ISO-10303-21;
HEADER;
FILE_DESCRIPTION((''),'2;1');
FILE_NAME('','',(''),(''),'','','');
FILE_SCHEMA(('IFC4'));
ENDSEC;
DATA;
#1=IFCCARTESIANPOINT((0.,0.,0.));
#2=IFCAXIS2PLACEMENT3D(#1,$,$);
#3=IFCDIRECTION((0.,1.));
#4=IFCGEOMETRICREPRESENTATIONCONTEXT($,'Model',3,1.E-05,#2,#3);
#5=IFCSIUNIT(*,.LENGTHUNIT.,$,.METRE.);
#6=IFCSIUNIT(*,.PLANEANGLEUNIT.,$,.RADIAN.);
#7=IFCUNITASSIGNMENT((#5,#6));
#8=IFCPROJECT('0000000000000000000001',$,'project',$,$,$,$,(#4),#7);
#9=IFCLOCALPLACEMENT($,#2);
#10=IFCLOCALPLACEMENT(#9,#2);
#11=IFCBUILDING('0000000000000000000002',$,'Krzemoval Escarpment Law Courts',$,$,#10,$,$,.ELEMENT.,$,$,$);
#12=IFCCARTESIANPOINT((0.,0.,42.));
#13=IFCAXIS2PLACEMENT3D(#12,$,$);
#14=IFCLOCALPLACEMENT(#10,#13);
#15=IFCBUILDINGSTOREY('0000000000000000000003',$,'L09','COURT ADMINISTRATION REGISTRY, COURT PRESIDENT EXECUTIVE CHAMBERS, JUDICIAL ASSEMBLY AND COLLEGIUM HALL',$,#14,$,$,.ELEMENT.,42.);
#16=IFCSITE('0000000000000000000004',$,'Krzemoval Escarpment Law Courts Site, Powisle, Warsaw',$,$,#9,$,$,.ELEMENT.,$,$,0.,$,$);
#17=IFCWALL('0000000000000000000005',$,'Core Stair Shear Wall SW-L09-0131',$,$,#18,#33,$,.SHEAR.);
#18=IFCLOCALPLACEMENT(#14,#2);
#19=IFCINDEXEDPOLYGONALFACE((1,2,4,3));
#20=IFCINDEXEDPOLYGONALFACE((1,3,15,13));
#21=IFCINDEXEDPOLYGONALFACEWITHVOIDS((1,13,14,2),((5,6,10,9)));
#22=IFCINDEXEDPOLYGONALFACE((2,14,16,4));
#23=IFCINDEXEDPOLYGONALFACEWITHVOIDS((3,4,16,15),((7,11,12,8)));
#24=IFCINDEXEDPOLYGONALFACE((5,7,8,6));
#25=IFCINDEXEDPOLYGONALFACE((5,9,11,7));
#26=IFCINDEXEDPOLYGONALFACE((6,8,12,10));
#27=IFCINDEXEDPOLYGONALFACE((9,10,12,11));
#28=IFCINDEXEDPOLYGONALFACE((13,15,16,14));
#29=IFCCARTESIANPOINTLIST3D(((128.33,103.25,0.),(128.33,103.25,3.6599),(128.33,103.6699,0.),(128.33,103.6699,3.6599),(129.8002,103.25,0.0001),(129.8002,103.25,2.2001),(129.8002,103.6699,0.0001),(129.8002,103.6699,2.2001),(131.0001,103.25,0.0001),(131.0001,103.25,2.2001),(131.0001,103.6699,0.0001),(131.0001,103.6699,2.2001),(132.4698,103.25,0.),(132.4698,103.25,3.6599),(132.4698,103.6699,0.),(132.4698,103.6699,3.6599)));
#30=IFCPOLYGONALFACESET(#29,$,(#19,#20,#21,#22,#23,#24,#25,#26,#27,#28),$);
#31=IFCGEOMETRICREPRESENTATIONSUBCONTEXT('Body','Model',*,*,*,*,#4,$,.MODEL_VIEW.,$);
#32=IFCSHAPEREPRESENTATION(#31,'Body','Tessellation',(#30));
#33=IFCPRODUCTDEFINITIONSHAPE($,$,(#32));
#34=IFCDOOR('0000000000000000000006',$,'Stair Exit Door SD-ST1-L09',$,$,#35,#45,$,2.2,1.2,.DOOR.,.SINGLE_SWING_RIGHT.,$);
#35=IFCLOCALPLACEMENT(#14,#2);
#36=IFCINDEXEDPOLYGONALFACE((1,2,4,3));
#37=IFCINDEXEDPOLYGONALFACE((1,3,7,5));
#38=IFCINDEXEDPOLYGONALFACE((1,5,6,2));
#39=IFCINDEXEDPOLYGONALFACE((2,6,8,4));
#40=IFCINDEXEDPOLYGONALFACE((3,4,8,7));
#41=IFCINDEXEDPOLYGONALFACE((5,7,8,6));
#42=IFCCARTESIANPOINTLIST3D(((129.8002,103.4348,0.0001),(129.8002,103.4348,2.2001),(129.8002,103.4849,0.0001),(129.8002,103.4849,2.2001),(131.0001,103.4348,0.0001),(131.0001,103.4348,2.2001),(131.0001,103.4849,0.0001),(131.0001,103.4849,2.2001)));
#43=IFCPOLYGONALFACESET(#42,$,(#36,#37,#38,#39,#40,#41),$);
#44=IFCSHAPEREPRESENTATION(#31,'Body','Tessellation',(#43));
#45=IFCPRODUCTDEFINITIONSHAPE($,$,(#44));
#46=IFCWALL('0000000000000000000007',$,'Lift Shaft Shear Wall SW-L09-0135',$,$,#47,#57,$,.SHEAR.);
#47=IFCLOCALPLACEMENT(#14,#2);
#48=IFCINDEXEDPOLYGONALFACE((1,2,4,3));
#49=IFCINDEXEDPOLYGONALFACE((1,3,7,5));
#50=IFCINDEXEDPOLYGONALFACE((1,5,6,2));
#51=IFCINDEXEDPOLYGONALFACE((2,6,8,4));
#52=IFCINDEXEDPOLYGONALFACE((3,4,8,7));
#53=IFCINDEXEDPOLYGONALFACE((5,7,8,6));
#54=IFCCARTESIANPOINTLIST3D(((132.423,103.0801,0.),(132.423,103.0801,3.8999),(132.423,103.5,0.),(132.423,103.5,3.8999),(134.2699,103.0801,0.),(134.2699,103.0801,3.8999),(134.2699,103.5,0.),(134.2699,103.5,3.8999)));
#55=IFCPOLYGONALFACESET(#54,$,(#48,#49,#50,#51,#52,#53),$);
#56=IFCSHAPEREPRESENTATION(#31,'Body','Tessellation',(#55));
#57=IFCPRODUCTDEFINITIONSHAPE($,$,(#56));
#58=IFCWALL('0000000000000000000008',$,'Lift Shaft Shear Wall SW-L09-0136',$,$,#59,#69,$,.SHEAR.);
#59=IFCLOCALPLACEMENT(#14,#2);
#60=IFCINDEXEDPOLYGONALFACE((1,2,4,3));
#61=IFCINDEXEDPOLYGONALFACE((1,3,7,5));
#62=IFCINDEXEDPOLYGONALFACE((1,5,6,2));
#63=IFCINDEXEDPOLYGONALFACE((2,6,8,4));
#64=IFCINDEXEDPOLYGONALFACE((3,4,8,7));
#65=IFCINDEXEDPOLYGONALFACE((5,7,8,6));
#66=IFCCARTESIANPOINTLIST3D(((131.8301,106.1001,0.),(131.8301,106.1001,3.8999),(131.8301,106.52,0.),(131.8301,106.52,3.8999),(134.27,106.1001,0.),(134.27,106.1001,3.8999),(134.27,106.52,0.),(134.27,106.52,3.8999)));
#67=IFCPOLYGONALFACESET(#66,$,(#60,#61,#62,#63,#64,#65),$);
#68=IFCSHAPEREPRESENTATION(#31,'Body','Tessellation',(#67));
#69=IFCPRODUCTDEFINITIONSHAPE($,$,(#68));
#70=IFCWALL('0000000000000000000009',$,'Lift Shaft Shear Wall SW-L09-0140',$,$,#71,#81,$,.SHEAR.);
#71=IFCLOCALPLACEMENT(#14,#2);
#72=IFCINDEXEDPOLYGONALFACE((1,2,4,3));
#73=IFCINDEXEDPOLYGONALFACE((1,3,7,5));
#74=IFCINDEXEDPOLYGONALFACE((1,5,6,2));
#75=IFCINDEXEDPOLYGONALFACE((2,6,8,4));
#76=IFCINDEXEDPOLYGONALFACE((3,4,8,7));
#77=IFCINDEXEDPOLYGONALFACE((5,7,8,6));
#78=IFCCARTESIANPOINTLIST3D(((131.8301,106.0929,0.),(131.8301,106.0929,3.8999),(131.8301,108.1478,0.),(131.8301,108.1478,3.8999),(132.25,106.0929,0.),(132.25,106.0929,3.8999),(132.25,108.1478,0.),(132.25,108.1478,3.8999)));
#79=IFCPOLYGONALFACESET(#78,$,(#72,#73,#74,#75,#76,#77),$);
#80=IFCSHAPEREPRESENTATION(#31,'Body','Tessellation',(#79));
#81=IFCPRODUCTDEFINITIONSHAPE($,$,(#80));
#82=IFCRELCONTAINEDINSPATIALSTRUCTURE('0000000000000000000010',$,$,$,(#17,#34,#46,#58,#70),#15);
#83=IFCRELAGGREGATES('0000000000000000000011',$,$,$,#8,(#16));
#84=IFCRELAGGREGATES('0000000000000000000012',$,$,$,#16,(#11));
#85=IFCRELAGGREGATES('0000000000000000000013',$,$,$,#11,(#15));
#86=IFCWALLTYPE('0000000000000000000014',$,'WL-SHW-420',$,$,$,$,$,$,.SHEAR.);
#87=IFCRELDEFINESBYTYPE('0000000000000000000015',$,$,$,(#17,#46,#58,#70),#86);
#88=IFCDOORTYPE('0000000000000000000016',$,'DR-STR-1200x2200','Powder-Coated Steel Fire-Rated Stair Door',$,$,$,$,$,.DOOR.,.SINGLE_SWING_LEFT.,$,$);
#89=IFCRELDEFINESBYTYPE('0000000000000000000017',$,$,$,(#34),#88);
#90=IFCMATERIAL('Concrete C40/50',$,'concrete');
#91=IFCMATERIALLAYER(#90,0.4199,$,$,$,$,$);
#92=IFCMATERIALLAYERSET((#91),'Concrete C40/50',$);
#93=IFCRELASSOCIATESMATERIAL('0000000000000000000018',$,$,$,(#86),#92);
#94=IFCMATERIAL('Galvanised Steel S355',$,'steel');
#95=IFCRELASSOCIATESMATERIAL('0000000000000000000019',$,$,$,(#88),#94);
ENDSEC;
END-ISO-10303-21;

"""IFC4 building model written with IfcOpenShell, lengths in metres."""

from ifc_helpers import new_model, si_unit, direction, frame, frame_2d, origin, place, context, subcontext, project, spatial, rectangle, extrude, material, layer, layer_set, type_object, element, fill, save


model = new_model("IFC4")

# Units and contexts
model_context = context("Model", 3, precision=1e-05, world=origin(), true_north=direction((0.0, 1.0)))
body_context = subcontext(model_context, "Body", "Model", "MODEL_VIEW")
ifc_project = project(units=[si_unit("LENGTHUNIT", "METRE"), si_unit("PLANEANGLEUNIT", "RADIAN")], contexts=[model_context])

# Site, building, storey
site_placement = place(None, origin())
site = spatial("IfcSite", under=ifc_project, at=site_placement, Name="Krzemoval Escarpment Law Courts Site, Powisle, Warsaw", CompositionType="ELEMENT", RefElevation=0.0)
building_placement = place(site_placement, origin())
building = spatial("IfcBuilding", under=site, at=building_placement, Name="Krzemoval Escarpment Law Courts", CompositionType="ELEMENT")
storey_placement = place(building_placement, frame((0.0, 0.0, 42.0)))
storey = spatial("IfcBuildingStorey", under=building, at=storey_placement, Name="L09", Description="COURT ADMINISTRATION REGISTRY, COURT PRESIDENT EXECUTIVE CHAMBERS, JUDICIAL ASSEMBLY AND COLLEGIUM HALL", CompositionType="ELEMENT", Elevation=42.0)

# Wall, opening, door
ifc_material_1 = material(Name="Concrete C40/50", Category="concrete")
ifc_layer_1 = layer(ifc_material_1, 0.4199)
ifc_layer_set_1 = layer_set([ifc_layer_1], Name="Concrete C40/50")
wall_type_1 = type_object("IfcWallType", Name="WL-SHW-420", PredefinedType="SHEAR", material=ifc_layer_set_1)
wall_1_placement = place(storey_placement, frame((128.3301, 103.46, 0.0), z_axis=(0.0, 0.0, 1.0), x_axis=(1.0, 0.0, 0.0)))
wall_1 = element("IfcWall", 1, at=wall_1_placement, inside=storey, type_object=wall_type_1, Name="Core Stair Shear Wall SW-L09-0131", PredefinedType="SHEAR", context=body_context, shape_type="SweptSolid", body=[
    extrude(rectangle(XDim=4.1399, YDim=0.4199, at=frame_2d((2.0698, 0.0))), origin(), (0.0, 0.0, 1.0), 3.6599),
])
opening_1_placement = place(wall_1_placement, frame((1.47, 0.0, 0.0)))
opening_1 = element("IfcOpeningElement", 2, at=opening_1_placement, cuts=wall_1, PredefinedType="OPENING", context=body_context, shape_type="SweptSolid", body=[
    extrude(rectangle(XDim=1.2, YDim=2.2, at=frame_2d((0.6001, 1.1001))), frame((0.0, 0.225, 0.0), z_axis=(0.0, -1.0, 0.0), x_axis=(1.0, 0.0, 0.0)), (0.0, 0.0, 1.0), 0.4499),
])
ifc_material_2 = material(Name="Galvanised Steel S355", Category="steel")
door_type_1 = type_object("IfcDoorType", Name="DR-STR-1200x2200", Description="Powder-Coated Steel Fire-Rated Stair Door", OperationType="SINGLE_SWING_LEFT", PredefinedType="DOOR", material=ifc_material_2)
door_1_placement = place(opening_1_placement, origin())
door_1 = element("IfcDoor", 3, at=door_1_placement, inside=storey, type_object=door_type_1, Name="Stair Exit Door SD-ST1-L09", OperationType="SINGLE_SWING_RIGHT", OverallHeight=2.2, OverallWidth=1.2, PredefinedType="DOOR", context=body_context, shape_type="SweptSolid", body=[
    extrude(rectangle(XDim=1.2, YDim=2.2, at=frame_2d((0.6001, 1.1001))), frame((0.0, 0.0249, 0.0), z_axis=(0.0, -1.0, 0.0), x_axis=(1.0, 0.0, 0.0)), (0.0, 0.0, 1.0), 0.05),
])
fill(opening_1, door_1)

# Walls
wall_2_placement = place(storey_placement, frame((132.4231, 103.29, 0.0), z_axis=(0.0, 0.0, 1.0), x_axis=(1.0, 0.0, 0.0)))
element("IfcWall", 4, at=wall_2_placement, inside=storey, type_object=wall_type_1, Name="Lift Shaft Shear Wall SW-L09-0135", PredefinedType="SHEAR", context=body_context, shape_type="SweptSolid", body=[
    extrude(rectangle(XDim=1.8469, YDim=0.4199, at=frame_2d((0.9233, 0.0))), origin(), (0.0, 0.0, 1.0), 3.8999),
])
wall_3_placement = place(storey_placement, frame((131.8301, 106.3101, 0.0), z_axis=(0.0, 0.0, 1.0), x_axis=(1.0, 0.0, 0.0)))
element("IfcWall", 5, at=wall_3_placement, inside=storey, type_object=wall_type_1, Name="Lift Shaft Shear Wall SW-L09-0136", PredefinedType="SHEAR", context=body_context, shape_type="SweptSolid", body=[
    extrude(rectangle(XDim=2.4399, YDim=0.4199, at=frame_2d((1.22, 0.0))), origin(), (0.0, 0.0, 1.0), 3.8999),
])

# Wall
wall_4_placement = place(storey_placement, frame((132.04, 106.093, 0.0), z_axis=(0.0, 0.0, 1.0), x_axis=(0.0, 1.0, 0.0)))
element("IfcWall", 6, at=wall_4_placement, inside=storey, type_object=wall_type_1, Name="Lift Shaft Shear Wall SW-L09-0140", PredefinedType="SHEAR", context=body_context, shape_type="SweptSolid", body=[
    extrude(rectangle(XDim=2.0549, YDim=0.4199, at=frame_2d((1.0273, 0.0))), origin(), (0.0, 0.0, 1.0), 3.8999),
])

save(model, "model.ifc")
